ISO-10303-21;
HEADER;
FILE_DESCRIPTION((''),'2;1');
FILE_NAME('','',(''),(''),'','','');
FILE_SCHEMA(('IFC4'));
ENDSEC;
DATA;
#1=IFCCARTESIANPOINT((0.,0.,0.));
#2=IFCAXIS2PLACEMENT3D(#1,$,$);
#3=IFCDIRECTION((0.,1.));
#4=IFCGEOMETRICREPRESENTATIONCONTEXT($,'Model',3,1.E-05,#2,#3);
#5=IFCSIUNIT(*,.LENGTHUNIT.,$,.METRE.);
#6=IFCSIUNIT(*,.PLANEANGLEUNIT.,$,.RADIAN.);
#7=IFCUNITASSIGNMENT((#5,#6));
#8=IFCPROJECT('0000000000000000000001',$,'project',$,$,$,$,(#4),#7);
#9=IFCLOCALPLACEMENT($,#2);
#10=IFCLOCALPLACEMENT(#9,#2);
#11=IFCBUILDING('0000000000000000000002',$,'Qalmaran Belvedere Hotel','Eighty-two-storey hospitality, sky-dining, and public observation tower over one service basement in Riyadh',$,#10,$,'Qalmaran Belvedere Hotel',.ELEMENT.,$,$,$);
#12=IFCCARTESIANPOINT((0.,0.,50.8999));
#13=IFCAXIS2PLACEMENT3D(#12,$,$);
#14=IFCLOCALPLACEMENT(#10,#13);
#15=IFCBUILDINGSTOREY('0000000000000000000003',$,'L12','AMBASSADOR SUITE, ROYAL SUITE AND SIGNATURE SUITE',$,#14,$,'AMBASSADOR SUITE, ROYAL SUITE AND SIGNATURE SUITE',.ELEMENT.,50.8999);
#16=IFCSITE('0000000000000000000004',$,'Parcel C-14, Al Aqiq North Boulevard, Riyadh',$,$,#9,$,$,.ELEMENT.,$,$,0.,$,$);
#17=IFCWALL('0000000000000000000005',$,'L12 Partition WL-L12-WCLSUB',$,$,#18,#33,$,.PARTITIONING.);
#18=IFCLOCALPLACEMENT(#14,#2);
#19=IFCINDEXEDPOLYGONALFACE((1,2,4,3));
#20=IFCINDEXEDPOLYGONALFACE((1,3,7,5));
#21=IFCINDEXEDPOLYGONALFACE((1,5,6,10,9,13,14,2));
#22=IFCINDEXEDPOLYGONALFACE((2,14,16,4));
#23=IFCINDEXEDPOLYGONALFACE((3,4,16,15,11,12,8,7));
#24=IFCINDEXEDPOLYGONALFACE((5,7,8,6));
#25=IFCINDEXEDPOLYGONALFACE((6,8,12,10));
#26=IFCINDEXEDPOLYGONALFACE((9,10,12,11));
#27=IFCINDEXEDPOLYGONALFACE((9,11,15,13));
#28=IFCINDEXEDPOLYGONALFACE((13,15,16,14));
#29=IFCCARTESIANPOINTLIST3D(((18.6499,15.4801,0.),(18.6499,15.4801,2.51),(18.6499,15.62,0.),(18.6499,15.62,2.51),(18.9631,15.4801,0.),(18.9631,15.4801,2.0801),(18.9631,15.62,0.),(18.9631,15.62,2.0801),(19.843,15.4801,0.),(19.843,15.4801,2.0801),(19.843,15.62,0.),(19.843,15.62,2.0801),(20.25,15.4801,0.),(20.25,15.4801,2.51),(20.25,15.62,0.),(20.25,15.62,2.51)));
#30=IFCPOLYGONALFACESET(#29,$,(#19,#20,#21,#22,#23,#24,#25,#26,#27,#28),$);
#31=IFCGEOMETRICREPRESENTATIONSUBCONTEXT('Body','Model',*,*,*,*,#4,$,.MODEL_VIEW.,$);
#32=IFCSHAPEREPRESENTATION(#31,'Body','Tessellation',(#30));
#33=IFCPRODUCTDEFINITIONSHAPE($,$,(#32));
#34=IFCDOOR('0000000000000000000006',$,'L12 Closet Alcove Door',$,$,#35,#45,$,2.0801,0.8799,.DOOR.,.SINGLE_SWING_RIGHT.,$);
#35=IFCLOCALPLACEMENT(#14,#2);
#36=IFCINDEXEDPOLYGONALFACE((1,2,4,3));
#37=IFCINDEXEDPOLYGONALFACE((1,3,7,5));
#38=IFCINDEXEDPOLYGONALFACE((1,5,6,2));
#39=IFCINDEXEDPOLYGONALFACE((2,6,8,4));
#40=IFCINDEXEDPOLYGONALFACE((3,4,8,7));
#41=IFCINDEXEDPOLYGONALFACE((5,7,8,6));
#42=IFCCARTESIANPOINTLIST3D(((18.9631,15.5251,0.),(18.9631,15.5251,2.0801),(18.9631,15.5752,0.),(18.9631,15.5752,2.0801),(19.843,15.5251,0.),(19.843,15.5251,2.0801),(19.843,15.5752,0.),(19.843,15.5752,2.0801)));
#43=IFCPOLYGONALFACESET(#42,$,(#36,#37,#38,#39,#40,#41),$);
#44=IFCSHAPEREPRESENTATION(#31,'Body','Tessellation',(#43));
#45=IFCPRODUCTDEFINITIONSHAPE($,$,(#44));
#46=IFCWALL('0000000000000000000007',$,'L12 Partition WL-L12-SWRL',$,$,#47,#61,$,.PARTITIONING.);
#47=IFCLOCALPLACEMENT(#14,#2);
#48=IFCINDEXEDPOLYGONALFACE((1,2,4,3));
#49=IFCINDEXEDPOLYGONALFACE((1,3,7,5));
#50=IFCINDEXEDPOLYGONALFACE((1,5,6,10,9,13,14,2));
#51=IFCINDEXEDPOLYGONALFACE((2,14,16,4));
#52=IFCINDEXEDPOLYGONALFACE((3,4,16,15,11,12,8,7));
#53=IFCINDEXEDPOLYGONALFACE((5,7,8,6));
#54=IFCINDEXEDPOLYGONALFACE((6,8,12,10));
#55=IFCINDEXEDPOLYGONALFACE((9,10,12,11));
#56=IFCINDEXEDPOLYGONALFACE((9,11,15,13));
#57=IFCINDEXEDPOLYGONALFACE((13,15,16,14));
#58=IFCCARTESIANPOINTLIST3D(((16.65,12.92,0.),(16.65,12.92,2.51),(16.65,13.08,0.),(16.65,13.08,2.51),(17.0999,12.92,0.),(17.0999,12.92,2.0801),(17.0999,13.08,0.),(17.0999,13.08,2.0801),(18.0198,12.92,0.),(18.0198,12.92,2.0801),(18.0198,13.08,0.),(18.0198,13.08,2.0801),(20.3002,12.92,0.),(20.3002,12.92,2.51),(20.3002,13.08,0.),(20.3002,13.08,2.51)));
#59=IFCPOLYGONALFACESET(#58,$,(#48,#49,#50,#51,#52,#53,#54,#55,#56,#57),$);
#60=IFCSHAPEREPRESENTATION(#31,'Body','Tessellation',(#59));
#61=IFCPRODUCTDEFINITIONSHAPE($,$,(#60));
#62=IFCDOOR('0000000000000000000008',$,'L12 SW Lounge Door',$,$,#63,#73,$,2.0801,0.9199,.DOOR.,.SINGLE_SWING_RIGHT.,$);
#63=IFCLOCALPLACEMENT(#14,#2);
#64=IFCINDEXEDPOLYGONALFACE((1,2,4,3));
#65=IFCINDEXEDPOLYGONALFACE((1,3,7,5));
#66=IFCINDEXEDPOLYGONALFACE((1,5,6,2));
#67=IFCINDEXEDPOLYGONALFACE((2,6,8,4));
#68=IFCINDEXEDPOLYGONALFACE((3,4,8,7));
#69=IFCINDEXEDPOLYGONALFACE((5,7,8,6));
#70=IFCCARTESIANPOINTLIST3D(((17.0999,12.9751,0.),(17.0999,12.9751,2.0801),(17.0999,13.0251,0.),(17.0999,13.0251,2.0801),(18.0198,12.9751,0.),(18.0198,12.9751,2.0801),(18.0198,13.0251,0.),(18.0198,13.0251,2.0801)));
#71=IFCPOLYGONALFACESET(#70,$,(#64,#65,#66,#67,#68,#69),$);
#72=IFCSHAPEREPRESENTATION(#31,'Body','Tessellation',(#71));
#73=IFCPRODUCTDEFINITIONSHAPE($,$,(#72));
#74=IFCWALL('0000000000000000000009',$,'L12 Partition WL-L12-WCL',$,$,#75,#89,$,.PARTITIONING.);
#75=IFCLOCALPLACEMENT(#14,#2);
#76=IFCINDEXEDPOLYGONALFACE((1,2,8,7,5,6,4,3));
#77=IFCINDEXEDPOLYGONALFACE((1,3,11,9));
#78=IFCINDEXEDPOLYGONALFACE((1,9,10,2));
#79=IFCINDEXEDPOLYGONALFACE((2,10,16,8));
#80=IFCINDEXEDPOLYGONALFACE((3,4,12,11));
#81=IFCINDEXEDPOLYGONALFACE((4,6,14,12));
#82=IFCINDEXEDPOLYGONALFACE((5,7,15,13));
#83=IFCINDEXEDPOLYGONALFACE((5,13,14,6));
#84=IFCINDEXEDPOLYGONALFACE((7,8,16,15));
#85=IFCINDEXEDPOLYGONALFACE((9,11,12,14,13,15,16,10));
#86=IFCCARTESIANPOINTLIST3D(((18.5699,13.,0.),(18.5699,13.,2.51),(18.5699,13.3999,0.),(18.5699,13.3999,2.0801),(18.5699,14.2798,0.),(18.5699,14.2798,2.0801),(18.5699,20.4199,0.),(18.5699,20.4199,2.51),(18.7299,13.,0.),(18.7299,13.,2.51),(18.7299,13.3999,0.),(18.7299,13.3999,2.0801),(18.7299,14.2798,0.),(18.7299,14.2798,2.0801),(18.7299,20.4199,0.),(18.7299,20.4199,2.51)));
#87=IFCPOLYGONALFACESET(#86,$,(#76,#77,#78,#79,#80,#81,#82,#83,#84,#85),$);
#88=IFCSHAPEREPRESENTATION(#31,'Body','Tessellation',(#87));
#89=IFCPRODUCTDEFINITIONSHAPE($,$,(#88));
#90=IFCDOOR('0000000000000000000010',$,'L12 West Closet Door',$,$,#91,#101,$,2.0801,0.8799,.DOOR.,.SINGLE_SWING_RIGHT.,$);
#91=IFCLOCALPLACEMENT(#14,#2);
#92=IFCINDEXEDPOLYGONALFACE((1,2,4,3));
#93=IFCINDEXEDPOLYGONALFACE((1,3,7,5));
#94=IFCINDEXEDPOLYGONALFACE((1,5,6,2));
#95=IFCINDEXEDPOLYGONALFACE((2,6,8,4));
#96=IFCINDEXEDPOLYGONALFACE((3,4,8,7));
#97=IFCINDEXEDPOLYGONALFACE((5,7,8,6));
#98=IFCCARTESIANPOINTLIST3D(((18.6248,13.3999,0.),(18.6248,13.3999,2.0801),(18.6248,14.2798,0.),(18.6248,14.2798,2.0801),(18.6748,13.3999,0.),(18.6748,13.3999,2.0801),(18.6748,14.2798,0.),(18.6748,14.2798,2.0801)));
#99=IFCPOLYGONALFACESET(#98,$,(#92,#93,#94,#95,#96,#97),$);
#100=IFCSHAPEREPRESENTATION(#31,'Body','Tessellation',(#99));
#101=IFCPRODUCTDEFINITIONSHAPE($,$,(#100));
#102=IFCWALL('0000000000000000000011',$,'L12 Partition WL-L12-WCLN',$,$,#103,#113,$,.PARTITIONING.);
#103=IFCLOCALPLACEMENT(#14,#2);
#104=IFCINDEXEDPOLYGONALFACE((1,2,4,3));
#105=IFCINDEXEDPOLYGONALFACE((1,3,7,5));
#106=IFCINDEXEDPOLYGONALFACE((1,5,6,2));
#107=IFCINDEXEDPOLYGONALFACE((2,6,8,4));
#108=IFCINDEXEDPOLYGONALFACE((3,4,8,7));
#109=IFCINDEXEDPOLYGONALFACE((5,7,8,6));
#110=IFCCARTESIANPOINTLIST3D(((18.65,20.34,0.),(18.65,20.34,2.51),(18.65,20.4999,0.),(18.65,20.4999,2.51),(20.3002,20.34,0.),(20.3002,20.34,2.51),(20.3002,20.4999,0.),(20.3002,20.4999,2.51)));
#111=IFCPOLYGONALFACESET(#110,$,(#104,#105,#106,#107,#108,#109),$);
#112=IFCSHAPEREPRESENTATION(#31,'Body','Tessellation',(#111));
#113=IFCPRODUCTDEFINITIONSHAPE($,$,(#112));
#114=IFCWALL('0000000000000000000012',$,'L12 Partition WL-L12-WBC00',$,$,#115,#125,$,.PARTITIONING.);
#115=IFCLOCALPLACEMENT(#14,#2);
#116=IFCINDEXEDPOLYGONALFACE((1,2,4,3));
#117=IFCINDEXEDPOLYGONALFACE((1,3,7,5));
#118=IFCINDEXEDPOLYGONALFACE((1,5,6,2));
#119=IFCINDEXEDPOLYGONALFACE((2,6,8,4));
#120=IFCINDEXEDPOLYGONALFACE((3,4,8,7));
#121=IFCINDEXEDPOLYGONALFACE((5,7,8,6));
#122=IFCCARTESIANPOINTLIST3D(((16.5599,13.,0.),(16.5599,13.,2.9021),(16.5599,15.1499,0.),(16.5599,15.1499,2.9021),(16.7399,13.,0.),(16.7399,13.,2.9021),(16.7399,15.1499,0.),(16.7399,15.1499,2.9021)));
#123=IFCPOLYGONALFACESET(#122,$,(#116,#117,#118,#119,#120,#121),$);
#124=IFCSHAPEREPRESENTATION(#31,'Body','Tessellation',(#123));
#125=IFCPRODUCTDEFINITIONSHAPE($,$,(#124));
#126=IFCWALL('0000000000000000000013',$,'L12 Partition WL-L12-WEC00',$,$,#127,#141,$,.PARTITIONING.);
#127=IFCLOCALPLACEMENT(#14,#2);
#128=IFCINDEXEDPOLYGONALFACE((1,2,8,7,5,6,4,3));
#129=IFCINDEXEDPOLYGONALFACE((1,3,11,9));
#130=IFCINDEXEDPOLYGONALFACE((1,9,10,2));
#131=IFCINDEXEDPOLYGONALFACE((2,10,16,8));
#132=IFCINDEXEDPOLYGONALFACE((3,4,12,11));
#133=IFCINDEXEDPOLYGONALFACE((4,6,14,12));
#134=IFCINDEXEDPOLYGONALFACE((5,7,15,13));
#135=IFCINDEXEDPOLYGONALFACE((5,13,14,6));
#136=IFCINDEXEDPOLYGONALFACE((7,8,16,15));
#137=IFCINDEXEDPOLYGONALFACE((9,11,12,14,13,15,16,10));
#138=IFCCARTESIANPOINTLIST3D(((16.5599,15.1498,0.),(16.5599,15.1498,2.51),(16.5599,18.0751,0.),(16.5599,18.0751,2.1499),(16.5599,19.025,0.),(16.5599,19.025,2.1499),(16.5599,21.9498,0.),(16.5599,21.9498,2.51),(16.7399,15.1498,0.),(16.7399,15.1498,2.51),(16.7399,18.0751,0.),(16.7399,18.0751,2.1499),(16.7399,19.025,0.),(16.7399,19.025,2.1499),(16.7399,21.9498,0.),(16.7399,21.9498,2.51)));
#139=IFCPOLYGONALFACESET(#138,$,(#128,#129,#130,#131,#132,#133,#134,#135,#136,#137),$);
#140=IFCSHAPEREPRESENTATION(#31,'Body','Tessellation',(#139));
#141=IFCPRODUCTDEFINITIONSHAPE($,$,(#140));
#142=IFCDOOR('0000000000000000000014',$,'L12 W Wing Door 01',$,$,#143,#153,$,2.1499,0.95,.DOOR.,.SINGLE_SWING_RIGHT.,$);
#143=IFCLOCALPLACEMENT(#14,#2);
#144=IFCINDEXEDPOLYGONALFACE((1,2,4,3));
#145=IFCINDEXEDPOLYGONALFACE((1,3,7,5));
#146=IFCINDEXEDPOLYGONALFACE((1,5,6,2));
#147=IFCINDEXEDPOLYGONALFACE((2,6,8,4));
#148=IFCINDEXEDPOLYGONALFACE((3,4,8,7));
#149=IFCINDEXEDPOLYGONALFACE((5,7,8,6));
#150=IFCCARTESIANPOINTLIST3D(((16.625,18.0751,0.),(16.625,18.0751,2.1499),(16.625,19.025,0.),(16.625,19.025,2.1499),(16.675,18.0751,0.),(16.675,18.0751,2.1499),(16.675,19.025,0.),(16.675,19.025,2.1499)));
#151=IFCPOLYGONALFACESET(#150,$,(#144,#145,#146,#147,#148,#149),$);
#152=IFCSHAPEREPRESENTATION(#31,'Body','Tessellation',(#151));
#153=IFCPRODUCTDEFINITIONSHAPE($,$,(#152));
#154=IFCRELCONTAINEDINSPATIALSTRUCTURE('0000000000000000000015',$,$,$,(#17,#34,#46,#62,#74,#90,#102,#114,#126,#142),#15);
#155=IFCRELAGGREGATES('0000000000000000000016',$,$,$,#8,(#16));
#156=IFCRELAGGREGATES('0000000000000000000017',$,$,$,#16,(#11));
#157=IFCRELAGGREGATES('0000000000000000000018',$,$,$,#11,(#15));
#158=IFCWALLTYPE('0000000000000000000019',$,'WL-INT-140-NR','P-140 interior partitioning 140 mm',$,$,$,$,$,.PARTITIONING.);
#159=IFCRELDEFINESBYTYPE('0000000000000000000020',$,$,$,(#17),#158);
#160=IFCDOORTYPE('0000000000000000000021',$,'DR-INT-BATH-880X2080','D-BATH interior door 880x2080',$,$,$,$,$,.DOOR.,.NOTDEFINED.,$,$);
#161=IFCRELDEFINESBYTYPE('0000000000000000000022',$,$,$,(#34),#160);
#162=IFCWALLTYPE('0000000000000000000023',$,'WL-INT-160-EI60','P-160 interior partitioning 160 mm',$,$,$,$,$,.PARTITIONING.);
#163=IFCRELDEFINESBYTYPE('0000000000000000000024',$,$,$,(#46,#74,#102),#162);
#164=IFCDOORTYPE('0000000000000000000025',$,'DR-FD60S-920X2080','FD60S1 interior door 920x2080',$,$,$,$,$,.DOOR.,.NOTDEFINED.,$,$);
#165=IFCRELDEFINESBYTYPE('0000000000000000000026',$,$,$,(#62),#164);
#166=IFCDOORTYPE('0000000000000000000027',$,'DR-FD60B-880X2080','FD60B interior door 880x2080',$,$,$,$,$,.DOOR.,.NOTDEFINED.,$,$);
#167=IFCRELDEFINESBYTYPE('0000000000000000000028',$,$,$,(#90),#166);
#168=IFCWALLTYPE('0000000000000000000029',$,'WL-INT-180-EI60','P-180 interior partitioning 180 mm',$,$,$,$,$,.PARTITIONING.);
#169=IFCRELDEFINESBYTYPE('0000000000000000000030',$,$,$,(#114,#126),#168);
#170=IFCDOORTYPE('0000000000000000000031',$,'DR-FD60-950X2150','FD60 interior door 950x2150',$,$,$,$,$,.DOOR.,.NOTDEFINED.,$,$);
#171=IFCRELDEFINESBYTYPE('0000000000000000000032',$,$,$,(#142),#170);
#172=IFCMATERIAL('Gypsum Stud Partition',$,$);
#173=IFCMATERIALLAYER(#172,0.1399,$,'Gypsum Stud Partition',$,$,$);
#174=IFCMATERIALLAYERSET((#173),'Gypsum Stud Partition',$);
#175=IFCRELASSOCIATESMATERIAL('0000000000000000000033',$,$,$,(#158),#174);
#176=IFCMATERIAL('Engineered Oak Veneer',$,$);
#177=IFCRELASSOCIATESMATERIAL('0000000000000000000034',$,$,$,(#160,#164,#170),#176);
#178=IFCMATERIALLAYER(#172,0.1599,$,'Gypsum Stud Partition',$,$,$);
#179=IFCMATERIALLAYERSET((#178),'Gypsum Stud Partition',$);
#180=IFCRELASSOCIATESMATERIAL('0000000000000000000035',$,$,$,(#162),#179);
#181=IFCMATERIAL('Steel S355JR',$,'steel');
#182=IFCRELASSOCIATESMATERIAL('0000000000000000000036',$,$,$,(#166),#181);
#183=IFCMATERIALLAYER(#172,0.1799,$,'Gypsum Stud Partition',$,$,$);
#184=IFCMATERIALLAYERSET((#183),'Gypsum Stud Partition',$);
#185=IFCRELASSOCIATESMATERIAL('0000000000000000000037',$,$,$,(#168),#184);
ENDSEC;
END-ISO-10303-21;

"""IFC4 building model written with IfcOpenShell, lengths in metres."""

from ifc_helpers import new_model, si_unit, direction, frame, frame_2d, origin, place, context, subcontext, project, spatial, rectangle, extrude, material, layer, layer_set, type_object, element, fill, save


model = new_model("IFC4")

# Units and contexts
model_context = context("Model", 3, precision=1e-05, world=origin(), true_north=direction((0.0, 1.0)))
body_context = subcontext(model_context, "Body", "Model", "MODEL_VIEW")
ifc_project = project(units=[si_unit("LENGTHUNIT", "METRE"), si_unit("PLANEANGLEUNIT", "RADIAN")], contexts=[model_context])

# Site, building, storey
site_placement = place(None, origin())
site = spatial("IfcSite", under=ifc_project, at=site_placement, Name="Parcel C-14, Al Aqiq North Boulevard, Riyadh", CompositionType="ELEMENT", RefElevation=0.0)
building_placement = place(site_placement, origin())
building = spatial("IfcBuilding", under=site, at=building_placement, Name="Qalmaran Belvedere Hotel", Description="Eighty-two-storey hospitality, sky-dining, and public observation tower over one service basement in Riyadh", LongName="Qalmaran Belvedere Hotel", CompositionType="ELEMENT")
storey_placement = place(building_placement, frame((0.0, 0.0, 50.8999)))
storey = spatial("IfcBuildingStorey", under=building, at=storey_placement, Name="L12", Description="AMBASSADOR SUITE, ROYAL SUITE AND SIGNATURE SUITE", LongName="AMBASSADOR SUITE, ROYAL SUITE AND SIGNATURE SUITE", CompositionType="ELEMENT", Elevation=50.8999)

# Walls, openings, doors
ifc_material_1 = material(Name="Gypsum Stud Partition")
ifc_layer_1 = layer(ifc_material_1, 0.1399, Name="Gypsum Stud Partition")
ifc_layer_set_1 = layer_set([ifc_layer_1], Name="Gypsum Stud Partition")
wall_type_1 = type_object("IfcWallType", Name="WL-INT-140-NR", Description="P-140 interior partitioning 140 mm", PredefinedType="PARTITIONING", material=ifc_layer_set_1)
wall_1_placement = place(storey_placement, frame((18.6499, 15.55, 0.0), z_axis=(0.0, 0.0, 1.0), x_axis=(1.0, 0.0, 0.0)))
wall_1 = element("IfcWall", 1, at=wall_1_placement, inside=storey, type_object=wall_type_1, Name="L12 Partition WL-L12-WCLSUB", PredefinedType="PARTITIONING", context=body_context, shape_type="SweptSolid", body=[
    extrude(rectangle(XDim=1.6001, YDim=0.1399, at=frame_2d((0.8, 0.0))), origin(), (0.0, 0.0, 1.0), 2.51),
])
opening_1_placement = place(wall_1_placement, frame((1.1931, 0.0, 0.0), z_axis=(0.0, 0.0, 1.0), x_axis=(-1.0, 0.0, 0.0)))
opening_1 = element("IfcOpeningElement", 2, at=opening_1_placement, cuts=wall_1, PredefinedType="OPENING", context=body_context, shape_type="SweptSolid", body=[
    extrude(rectangle(XDim=0.8799, YDim=2.0801, at=frame_2d((0.4399, 1.04))), frame((0.0, 0.0801, 0.0), z_axis=(0.0, -1.0, 0.0), x_axis=(1.0, 0.0, 0.0)), (0.0, 0.0, 1.0), 0.1599),
])
ifc_material_2 = material(Name="Engineered Oak Veneer")
door_type_1 = type_object("IfcDoorType", Name="DR-INT-BATH-880X2080", Description="D-BATH interior door 880x2080", OperationType="NOTDEFINED", PredefinedType="DOOR", material=ifc_material_2)
door_1_placement = place(opening_1_placement, origin())
door_1 = element("IfcDoor", 3, at=door_1_placement, inside=storey, type_object=door_type_1, Name="L12 Closet Alcove Door", OperationType="SINGLE_SWING_RIGHT", OverallHeight=2.0801, OverallWidth=0.8799, PredefinedType="DOOR", context=body_context, shape_type="SweptSolid", body=[
    extrude(rectangle(XDim=0.8799, YDim=2.0801, at=frame_2d((0.4399, 1.04))), frame((0.0, 0.0249, 0.0), z_axis=(0.0, -1.0, 0.0), x_axis=(1.0, 0.0, 0.0)), (0.0, 0.0, 1.0), 0.05),
])
fill(opening_1, door_1)
ifc_layer_2 = layer(ifc_material_1, 0.1599, Name="Gypsum Stud Partition")
ifc_layer_set_2 = layer_set([ifc_layer_2], Name="Gypsum Stud Partition")
wall_type_2 = type_object("IfcWallType", Name="WL-INT-160-EI60", Description="P-160 interior partitioning 160 mm", PredefinedType="PARTITIONING", material=ifc_layer_set_2)
wall_2_placement = place(storey_placement, frame((16.6499, 13.0, 0.0), z_axis=(0.0, 0.0, 1.0), x_axis=(1.0, 0.0, 0.0)))
wall_2 = element("IfcWall", 4, at=wall_2_placement, inside=storey, type_object=wall_type_2, Name="L12 Partition WL-L12-SWRL", PredefinedType="PARTITIONING", context=body_context, shape_type="SweptSolid", body=[
    extrude(rectangle(XDim=3.6501, YDim=0.1599, at=frame_2d((1.8252, 0.0))), origin(), (0.0, 0.0, 1.0), 2.51),
])
opening_2_placement = place(wall_2_placement, frame((1.3699, 0.0, 0.0), z_axis=(0.0, 0.0, 1.0), x_axis=(-1.0, 0.0, 0.0)))
opening_2 = element("IfcOpeningElement", 5, at=opening_2_placement, cuts=wall_2, PredefinedType="OPENING", context=body_context, shape_type="SweptSolid", body=[
    extrude(rectangle(XDim=0.9199, YDim=2.0801, at=frame_2d((0.46, 1.04))), frame((0.0, 0.0898, 0.0), z_axis=(0.0, -1.0, 0.0), x_axis=(1.0, 0.0, 0.0)), (0.0, 0.0, 1.0), 0.1799),
])
door_type_2 = type_object("IfcDoorType", Name="DR-FD60S-920X2080", Description="FD60S1 interior door 920x2080", OperationType="NOTDEFINED", PredefinedType="DOOR", material=ifc_material_2)
door_2_placement = place(opening_2_placement, origin())
door_2 = element("IfcDoor", 6, at=door_2_placement, inside=storey, type_object=door_type_2, Name="L12 SW Lounge Door", OperationType="SINGLE_SWING_RIGHT", OverallHeight=2.0801, OverallWidth=0.9199, PredefinedType="DOOR", context=body_context, shape_type="SweptSolid", body=[
    extrude(rectangle(XDim=0.9199, YDim=2.0801, at=frame_2d((0.46, 1.04))), frame((0.0, 0.0249, 0.0), z_axis=(0.0, -1.0, 0.0), x_axis=(1.0, 0.0, 0.0)), (0.0, 0.0, 1.0), 0.05),
])
fill(opening_2, door_2)
wall_3_placement = place(storey_placement, frame((18.6499, 13.0, 0.0), z_axis=(0.0, 0.0, 1.0), x_axis=(0.0, 1.0, 0.0)))
wall_3 = element("IfcWall", 7, at=wall_3_placement, inside=storey, type_object=wall_type_2, Name="L12 Partition WL-L12-WCL", PredefinedType="PARTITIONING", context=body_context, shape_type="SweptSolid", body=[
    extrude(rectangle(XDim=7.4199, YDim=0.1599, at=frame_2d((3.71, 0.0))), origin(), (0.0, 0.0, 1.0), 2.51),
])
opening_3_placement = place(wall_3_placement, frame((1.2798, 0.0, 0.0), z_axis=(0.0, 0.0, 1.0), x_axis=(-1.0, 0.0, 0.0)))
opening_3 = element("IfcOpeningElement", 8, at=opening_3_placement, cuts=wall_3, PredefinedType="OPENING", context=body_context, shape_type="SweptSolid", body=[
    extrude(rectangle(XDim=0.8799, YDim=2.0801, at=frame_2d((0.4399, 1.04))), frame((0.0, 0.0898, 0.0), z_axis=(0.0, -1.0, 0.0), x_axis=(1.0, 0.0, 0.0)), (0.0, 0.0, 1.0), 0.1799),
])
ifc_material_3 = material(Name="Steel S355JR", Category="steel")
door_type_3 = type_object("IfcDoorType", Name="DR-FD60B-880X2080", Description="FD60B interior door 880x2080", OperationType="NOTDEFINED", PredefinedType="DOOR", material=ifc_material_3)
door_3_placement = place(opening_3_placement, origin())
door_3 = element("IfcDoor", 9, at=door_3_placement, inside=storey, type_object=door_type_3, Name="L12 West Closet Door", OperationType="SINGLE_SWING_RIGHT", OverallHeight=2.0801, OverallWidth=0.8799, PredefinedType="DOOR", context=body_context, shape_type="SweptSolid", body=[
    extrude(rectangle(XDim=0.8799, YDim=2.0801, at=frame_2d((0.4399, 1.04))), frame((0.0, 0.0249, 0.0), z_axis=(0.0, -1.0, 0.0), x_axis=(1.0, 0.0, 0.0)), (0.0, 0.0, 1.0), 0.05),
])
fill(opening_3, door_3)

# Walls
wall_4_placement = place(storey_placement, frame((18.6499, 20.4199, 0.0), z_axis=(0.0, 0.0, 1.0), x_axis=(1.0, 0.0, 0.0)))
element("IfcWall", 10, at=wall_4_placement, inside=storey, type_object=wall_type_2, Name="L12 Partition WL-L12-WCLN", PredefinedType="PARTITIONING", context=body_context, shape_type="SweptSolid", body=[
    extrude(rectangle(XDim=1.6501, YDim=0.1599, at=frame_2d((0.8252, 0.0))), origin(), (0.0, 0.0, 1.0), 2.51),
])
ifc_layer_3 = layer(ifc_material_1, 0.1799, Name="Gypsum Stud Partition")
ifc_layer_set_3 = layer_set([ifc_layer_3], Name="Gypsum Stud Partition")
wall_type_3 = type_object("IfcWallType", Name="WL-INT-180-EI60", Description="P-180 interior partitioning 180 mm", PredefinedType="PARTITIONING", material=ifc_layer_set_3)
wall_5_placement = place(storey_placement, frame((16.6499, 13.0, 0.0), z_axis=(0.0, 0.0, 1.0), x_axis=(0.0, 1.0, 0.0)))
element("IfcWall", 11, at=wall_5_placement, inside=storey, type_object=wall_type_3, Name="L12 Partition WL-L12-WBC00", PredefinedType="PARTITIONING", context=body_context, shape_type="SweptSolid", body=[
    extrude(rectangle(XDim=2.1499, YDim=0.1799, at=frame_2d((1.075, 0.0))), origin(), (0.0, 0.0, 1.0), 2.9021),
])

# Wall, opening, door
wall_6_placement = place(storey_placement, frame((16.6499, 15.1499, 0.0), z_axis=(0.0, 0.0, 1.0), x_axis=(0.0, 1.0, 0.0)))
wall_6 = element("IfcWall", 12, at=wall_6_placement, inside=storey, type_object=wall_type_3, Name="L12 Partition WL-L12-WEC00", PredefinedType="PARTITIONING", context=body_context, shape_type="SweptSolid", body=[
    extrude(rectangle(XDim=6.8, YDim=0.1799, at=frame_2d((3.3999, 0.0))), origin(), (0.0, 0.0, 1.0), 2.51),
])
opening_4_placement = place(wall_6_placement, frame((2.925, 0.0, 0.0)))
opening_4 = element("IfcOpeningElement", 13, at=opening_4_placement, cuts=wall_6, PredefinedType="OPENING", context=body_context, shape_type="SweptSolid", body=[
    extrude(rectangle(XDim=0.95, YDim=2.1499, at=frame_2d((0.4751, 1.075))), frame((0.0, 0.1001, 0.0), z_axis=(0.0, -1.0, 0.0), x_axis=(1.0, 0.0, 0.0)), (0.0, 0.0, 1.0), 0.2),
])
door_type_4 = type_object("IfcDoorType", Name="DR-FD60-950X2150", Description="FD60 interior door 950x2150", OperationType="NOTDEFINED", PredefinedType="DOOR", material=ifc_material_2)
door_4_placement = place(opening_4_placement, origin())
door_4 = element("IfcDoor", 14, at=door_4_placement, inside=storey, type_object=door_type_4, Name="L12 W Wing Door 01", OperationType="SINGLE_SWING_RIGHT", OverallHeight=2.1499, OverallWidth=0.95, PredefinedType="DOOR", context=body_context, shape_type="SweptSolid", body=[
    extrude(rectangle(XDim=0.95, YDim=2.1499, at=frame_2d((0.4751, 1.075))), frame((0.0, 0.0249, 0.0), z_axis=(0.0, -1.0, 0.0), x_axis=(1.0, 0.0, 0.0)), (0.0, 0.0, 1.0), 0.05),
])
fill(opening_4, door_4)

save(model, "model.ifc")
